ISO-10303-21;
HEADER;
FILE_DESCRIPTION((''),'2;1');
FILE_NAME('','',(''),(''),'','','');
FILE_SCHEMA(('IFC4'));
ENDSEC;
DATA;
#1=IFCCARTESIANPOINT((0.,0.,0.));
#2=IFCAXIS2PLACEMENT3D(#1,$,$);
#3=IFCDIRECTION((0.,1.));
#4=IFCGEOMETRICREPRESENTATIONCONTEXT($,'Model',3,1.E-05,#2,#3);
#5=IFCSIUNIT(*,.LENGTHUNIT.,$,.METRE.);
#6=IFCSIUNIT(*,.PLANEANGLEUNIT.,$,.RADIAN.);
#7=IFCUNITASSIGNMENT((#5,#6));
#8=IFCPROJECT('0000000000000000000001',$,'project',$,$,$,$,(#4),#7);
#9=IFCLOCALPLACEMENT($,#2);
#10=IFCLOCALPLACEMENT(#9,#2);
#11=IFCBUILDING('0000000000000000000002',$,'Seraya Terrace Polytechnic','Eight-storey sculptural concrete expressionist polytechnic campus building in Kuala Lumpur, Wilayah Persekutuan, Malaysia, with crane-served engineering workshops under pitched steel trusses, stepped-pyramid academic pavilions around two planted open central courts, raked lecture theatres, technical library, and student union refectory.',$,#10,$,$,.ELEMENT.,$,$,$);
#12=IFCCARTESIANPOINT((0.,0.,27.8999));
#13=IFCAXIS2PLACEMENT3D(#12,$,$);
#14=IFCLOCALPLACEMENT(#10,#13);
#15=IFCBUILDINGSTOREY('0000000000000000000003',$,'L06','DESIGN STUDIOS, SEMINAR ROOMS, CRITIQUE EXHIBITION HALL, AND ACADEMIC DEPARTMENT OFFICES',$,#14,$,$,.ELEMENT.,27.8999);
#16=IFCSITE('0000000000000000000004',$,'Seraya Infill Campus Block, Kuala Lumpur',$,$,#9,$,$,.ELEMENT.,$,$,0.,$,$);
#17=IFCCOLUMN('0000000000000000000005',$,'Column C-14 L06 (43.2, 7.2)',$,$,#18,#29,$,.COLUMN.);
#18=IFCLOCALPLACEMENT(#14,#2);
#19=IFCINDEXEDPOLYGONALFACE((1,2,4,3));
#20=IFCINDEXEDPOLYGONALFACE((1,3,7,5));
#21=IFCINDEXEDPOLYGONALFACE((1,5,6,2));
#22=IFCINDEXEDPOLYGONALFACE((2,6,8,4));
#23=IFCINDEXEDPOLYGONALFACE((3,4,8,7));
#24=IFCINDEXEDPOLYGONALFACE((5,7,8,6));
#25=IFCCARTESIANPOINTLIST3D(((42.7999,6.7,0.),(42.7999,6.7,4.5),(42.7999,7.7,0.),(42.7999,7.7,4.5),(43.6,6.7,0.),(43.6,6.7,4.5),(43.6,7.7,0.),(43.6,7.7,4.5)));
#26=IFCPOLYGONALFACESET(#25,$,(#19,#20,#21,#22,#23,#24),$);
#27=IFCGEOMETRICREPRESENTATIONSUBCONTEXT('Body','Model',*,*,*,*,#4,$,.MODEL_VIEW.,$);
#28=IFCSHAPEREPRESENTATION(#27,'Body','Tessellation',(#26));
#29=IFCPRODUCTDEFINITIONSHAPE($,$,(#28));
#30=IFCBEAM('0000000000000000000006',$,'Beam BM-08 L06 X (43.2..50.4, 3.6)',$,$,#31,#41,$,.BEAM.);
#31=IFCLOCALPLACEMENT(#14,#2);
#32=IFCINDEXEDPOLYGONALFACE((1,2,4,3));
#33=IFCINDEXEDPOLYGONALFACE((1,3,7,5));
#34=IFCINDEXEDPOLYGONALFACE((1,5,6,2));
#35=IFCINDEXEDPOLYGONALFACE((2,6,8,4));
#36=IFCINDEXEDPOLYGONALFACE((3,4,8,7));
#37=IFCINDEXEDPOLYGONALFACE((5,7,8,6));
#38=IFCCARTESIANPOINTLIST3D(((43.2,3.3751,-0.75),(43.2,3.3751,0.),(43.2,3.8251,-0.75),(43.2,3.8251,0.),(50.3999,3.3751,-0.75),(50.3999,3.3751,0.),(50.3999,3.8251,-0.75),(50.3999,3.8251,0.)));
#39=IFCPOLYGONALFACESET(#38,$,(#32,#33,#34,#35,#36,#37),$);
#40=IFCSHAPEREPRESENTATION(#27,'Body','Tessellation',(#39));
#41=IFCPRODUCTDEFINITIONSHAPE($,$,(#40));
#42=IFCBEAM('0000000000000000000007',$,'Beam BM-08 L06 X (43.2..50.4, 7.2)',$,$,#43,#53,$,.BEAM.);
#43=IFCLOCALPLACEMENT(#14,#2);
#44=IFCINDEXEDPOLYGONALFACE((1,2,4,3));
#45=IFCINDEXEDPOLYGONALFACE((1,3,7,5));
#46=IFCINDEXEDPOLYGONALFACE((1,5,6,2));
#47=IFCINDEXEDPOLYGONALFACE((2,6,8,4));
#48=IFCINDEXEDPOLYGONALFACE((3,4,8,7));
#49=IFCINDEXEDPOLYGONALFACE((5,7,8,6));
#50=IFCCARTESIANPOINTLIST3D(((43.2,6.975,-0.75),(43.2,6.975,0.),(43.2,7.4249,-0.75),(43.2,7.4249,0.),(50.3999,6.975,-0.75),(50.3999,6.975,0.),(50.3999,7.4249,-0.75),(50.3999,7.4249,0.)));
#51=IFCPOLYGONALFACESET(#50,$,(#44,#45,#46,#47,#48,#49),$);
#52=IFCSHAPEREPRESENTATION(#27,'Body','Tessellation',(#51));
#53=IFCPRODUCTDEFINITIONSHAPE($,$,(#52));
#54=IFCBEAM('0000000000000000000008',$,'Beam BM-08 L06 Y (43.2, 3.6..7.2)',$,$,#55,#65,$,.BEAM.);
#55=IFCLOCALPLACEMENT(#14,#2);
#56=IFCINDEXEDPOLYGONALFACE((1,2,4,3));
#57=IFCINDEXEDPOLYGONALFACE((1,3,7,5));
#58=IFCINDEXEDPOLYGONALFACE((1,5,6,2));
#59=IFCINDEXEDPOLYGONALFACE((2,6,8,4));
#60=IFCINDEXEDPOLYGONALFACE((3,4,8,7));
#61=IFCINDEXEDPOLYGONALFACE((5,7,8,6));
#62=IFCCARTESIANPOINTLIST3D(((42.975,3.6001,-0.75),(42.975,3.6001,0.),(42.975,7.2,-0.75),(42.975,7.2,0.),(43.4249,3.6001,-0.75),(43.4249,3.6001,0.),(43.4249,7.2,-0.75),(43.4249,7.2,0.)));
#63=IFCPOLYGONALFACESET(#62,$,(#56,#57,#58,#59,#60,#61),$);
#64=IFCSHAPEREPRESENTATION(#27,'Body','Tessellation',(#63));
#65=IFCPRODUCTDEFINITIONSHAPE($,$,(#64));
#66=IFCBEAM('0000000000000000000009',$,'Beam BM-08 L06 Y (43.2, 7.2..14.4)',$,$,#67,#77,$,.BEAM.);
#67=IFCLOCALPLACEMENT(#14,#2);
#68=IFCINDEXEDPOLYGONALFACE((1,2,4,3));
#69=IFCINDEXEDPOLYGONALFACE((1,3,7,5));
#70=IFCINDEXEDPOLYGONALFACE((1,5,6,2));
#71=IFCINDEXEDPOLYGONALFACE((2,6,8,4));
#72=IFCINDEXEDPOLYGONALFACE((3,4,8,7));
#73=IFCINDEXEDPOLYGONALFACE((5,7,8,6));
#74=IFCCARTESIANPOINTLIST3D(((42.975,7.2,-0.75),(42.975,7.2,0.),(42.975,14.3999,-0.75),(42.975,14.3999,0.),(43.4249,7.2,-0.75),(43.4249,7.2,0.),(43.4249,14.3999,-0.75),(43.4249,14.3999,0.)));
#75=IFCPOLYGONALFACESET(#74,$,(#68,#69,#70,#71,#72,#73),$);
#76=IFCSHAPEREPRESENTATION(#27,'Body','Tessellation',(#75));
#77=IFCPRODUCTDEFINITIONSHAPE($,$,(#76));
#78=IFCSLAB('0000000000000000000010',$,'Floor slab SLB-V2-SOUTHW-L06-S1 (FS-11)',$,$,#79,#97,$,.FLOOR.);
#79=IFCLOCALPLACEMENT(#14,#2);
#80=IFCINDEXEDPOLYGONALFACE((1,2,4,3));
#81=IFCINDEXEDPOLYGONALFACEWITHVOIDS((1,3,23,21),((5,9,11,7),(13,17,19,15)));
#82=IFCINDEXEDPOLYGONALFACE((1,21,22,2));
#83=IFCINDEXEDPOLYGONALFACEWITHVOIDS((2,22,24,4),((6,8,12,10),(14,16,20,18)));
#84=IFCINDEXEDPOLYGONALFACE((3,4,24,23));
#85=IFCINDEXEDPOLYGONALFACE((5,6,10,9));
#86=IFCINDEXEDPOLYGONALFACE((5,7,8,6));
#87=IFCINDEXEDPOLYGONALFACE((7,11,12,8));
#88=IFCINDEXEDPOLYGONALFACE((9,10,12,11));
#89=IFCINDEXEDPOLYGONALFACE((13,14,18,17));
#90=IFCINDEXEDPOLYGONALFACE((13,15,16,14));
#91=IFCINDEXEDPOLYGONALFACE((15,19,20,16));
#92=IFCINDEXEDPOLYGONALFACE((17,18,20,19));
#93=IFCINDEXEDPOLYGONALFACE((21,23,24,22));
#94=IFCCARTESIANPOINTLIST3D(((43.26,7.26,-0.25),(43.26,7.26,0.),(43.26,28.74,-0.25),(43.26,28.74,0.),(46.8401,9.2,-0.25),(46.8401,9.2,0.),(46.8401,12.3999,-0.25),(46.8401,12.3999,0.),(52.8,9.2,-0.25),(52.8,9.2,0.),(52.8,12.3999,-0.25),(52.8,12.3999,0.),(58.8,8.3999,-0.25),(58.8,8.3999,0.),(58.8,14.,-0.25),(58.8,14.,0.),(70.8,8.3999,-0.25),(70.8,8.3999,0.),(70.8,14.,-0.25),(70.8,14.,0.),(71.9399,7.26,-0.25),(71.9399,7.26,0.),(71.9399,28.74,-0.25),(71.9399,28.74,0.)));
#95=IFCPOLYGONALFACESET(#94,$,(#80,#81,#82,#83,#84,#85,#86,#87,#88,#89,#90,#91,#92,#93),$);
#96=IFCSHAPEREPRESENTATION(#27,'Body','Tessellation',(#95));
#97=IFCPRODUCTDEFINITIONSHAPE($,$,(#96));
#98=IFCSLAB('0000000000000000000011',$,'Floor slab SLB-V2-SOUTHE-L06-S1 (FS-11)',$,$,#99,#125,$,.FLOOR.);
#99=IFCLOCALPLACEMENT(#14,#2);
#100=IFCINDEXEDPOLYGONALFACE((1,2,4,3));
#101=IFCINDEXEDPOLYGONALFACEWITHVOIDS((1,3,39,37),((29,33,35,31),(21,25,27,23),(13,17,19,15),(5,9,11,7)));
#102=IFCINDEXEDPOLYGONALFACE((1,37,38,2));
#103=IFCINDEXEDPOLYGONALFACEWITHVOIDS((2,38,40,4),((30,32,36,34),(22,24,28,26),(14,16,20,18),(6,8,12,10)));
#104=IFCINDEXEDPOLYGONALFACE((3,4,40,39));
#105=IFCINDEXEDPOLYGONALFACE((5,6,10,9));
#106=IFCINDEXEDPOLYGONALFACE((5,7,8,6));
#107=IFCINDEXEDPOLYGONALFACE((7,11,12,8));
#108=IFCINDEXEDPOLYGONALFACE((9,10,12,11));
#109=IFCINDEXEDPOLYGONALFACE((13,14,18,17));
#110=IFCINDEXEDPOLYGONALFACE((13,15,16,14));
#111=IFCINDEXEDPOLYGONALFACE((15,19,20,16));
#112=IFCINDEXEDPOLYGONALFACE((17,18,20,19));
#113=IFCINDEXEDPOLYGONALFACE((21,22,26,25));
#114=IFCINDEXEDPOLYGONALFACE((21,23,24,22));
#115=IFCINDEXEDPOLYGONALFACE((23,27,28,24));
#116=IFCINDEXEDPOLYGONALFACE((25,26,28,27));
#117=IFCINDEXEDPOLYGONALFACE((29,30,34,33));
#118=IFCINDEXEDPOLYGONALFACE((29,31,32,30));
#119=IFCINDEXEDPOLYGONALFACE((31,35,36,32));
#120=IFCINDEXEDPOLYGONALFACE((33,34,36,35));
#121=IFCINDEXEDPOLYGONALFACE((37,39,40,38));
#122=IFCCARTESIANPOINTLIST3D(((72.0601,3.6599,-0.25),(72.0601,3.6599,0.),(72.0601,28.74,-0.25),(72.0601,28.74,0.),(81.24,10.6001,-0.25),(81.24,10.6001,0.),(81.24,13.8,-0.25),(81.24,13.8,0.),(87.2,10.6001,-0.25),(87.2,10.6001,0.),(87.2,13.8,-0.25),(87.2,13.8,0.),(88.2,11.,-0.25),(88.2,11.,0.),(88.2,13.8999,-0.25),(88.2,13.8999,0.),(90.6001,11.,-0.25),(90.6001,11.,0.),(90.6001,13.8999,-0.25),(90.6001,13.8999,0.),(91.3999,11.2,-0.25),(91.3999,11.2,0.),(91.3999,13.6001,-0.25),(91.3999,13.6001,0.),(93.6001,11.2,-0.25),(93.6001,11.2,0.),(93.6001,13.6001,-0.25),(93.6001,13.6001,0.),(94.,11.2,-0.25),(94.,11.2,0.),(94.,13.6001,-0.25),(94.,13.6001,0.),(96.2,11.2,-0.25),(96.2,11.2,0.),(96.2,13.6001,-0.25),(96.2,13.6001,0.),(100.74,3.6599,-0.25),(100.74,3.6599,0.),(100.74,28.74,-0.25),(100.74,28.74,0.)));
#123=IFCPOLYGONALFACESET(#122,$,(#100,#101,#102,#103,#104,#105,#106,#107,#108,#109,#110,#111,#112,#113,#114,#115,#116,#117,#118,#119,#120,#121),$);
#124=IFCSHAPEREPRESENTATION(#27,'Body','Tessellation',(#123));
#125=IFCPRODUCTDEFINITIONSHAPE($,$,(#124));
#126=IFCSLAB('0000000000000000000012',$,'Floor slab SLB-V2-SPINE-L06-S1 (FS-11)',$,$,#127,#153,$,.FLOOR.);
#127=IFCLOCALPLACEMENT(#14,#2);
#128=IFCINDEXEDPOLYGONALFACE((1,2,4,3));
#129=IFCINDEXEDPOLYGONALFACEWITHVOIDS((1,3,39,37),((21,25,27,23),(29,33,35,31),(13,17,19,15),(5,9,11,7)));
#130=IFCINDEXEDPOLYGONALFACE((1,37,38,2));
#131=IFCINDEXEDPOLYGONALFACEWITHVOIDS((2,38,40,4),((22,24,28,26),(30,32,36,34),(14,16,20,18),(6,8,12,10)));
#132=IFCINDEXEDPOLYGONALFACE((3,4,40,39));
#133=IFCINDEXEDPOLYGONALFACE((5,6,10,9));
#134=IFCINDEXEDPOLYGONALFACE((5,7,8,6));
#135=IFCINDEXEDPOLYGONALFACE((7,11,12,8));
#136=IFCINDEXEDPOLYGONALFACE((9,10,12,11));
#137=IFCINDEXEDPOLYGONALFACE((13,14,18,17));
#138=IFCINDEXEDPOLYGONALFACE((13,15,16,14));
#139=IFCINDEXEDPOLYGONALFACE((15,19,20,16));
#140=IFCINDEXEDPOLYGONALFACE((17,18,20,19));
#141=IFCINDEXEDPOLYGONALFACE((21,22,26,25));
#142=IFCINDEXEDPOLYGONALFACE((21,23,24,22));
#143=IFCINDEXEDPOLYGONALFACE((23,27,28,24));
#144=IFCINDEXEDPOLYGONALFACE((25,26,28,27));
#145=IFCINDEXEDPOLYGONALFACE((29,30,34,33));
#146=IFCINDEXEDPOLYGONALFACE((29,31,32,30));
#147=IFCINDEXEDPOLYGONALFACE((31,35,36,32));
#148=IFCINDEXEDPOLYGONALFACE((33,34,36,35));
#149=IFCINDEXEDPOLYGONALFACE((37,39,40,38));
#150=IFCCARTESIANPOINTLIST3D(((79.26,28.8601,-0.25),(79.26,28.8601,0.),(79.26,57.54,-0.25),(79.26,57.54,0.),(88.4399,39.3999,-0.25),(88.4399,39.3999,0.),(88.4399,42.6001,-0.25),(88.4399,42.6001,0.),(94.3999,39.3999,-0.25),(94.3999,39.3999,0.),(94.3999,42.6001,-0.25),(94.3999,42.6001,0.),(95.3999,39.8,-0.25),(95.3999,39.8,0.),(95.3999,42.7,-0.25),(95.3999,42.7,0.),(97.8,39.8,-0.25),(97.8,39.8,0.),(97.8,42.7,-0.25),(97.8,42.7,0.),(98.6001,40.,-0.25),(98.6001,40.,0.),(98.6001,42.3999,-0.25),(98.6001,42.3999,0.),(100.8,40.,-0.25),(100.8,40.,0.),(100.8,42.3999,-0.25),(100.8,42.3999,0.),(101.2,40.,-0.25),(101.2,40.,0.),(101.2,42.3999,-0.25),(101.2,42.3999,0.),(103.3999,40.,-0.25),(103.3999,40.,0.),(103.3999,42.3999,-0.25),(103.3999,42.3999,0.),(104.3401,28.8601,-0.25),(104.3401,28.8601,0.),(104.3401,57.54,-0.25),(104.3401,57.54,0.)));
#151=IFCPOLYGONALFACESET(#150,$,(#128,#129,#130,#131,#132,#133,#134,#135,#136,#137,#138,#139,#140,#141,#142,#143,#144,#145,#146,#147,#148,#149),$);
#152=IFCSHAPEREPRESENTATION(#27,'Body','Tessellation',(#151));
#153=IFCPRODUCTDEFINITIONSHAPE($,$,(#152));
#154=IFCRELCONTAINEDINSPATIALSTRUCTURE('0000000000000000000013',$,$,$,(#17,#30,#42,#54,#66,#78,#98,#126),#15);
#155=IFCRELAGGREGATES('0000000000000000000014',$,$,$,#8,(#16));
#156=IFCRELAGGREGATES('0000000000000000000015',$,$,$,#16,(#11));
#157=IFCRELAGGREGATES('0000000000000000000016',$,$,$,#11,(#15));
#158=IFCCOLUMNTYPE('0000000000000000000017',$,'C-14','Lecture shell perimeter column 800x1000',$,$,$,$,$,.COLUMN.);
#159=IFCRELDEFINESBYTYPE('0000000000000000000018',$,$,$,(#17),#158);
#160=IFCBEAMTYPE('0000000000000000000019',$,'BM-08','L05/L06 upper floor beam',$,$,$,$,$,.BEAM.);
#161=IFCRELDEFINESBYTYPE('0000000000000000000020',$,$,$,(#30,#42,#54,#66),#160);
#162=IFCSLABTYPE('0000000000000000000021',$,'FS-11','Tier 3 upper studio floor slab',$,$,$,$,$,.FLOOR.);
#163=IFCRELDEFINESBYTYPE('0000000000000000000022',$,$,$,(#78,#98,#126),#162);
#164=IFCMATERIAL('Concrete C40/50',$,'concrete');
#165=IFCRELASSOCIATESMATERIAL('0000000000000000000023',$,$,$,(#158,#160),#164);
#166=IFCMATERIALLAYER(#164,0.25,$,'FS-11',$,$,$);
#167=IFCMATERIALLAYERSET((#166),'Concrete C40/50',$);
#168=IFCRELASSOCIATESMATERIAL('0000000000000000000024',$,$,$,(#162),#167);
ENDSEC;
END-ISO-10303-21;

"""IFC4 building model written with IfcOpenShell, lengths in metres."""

from ifc_helpers import new_model, si_unit, direction, frame, origin, origin_2d, place, context, subcontext, project, spatial, polyline, rectangle, outline, extrude, material, layer, layer_set, material_profile, profile_set, type_object, element, save


model = new_model("IFC4")

# Units and contexts
model_context = context("Model", 3, precision=1e-05, world=origin(), true_north=direction((0.0, 1.0)))
body_context = subcontext(model_context, "Body", "Model", "MODEL_VIEW")
ifc_project = project(units=[si_unit("LENGTHUNIT", "METRE"), si_unit("PLANEANGLEUNIT", "RADIAN")], contexts=[model_context])

# Site, building, storey
site_placement = place(None, origin())
site = spatial("IfcSite", under=ifc_project, at=site_placement, Name="Seraya Infill Campus Block, Kuala Lumpur", CompositionType="ELEMENT", RefElevation=0.0)
building_placement = place(site_placement, origin())
building = spatial("IfcBuilding", under=site, at=building_placement, Name="Seraya Terrace Polytechnic", Description="Eight-storey sculptural concrete expressionist polytechnic campus building in Kuala Lumpur, Wilayah Persekutuan, Malaysia, with crane-served engineering workshops under pitched steel trusses, stepped-pyramid academic pavilions around two planted open central courts, raked lecture theatres, technical library, and student union refectory.", CompositionType="ELEMENT")
storey_placement = place(building_placement, frame((0.0, 0.0, 27.8999)))
storey = spatial("IfcBuildingStorey", under=building, at=storey_placement, Name="L06", Description="DESIGN STUDIOS, SEMINAR ROOMS, CRITIQUE EXHIBITION HALL, AND ACADEMIC DEPARTMENT OFFICES", CompositionType="ELEMENT", Elevation=27.8999)

# Column
ifc_material_1 = material(Name="Concrete C40/50", Category="concrete")
ifc_material_profile_1 = material_profile(ifc_material_1, rectangle(XDim=0.8, YDim=1.0, at=origin_2d()), Name="RC 800x1000")
ifc_profile_set_1 = profile_set([ifc_material_profile_1], Name="Concrete C40/50")
column_type = type_object("IfcColumnType", Name="C-14", Description="Lecture shell perimeter column 800x1000", PredefinedType="COLUMN", material=ifc_profile_set_1)
column_placement = place(storey_placement, frame((43.2, 7.2, 0.0), z_axis=(0.0, 0.0, 1.0), x_axis=(1.0, 0.0, 0.0)))
element("IfcColumn", 1, at=column_placement, inside=storey, type_object=column_type, Name="Column C-14 L06 (43.2, 7.2)", PredefinedType="COLUMN", context=body_context, shape_type="SweptSolid", body=[
    extrude(rectangle(XDim=0.8, YDim=1.0, at=origin_2d()), origin(), (0.0, 0.0, 1.0), 4.5),
])

# Beams
ifc_material_profile_2 = material_profile(ifc_material_1, rectangle(XDim=0.45, YDim=0.75, at=origin_2d()), Name="RC 450x750")
ifc_profile_set_2 = profile_set([ifc_material_profile_2], Name="Concrete C40/50")
beam_type = type_object("IfcBeamType", Name="BM-08", Description="L05/L06 upper floor beam", PredefinedType="BEAM", material=ifc_profile_set_2)
for number, where, z_axis, x_axis, name in (
    (2, (43.2, 3.6001, -0.375), (1.0, 0.0, 0.0), (0.0, 1.0, 0.0), "Beam BM-08 L06 X (43.2..50.4, 3.6)"),
    (3, (43.2, 7.2, -0.375), (1.0, 0.0, 0.0), (0.0, 1.0, 0.0), "Beam BM-08 L06 X (43.2..50.4, 7.2)"),
):
    element("IfcBeam", number, at=place(storey_placement, frame(where, z_axis=z_axis, x_axis=x_axis)), inside=storey, type_object=beam_type, Name=name, PredefinedType="BEAM", context=body_context, shape_type="SweptSolid", body=[
        extrude(rectangle(XDim=0.45, YDim=0.75, at=origin_2d()), origin(), (0.0, 0.0, 1.0), 7.2),
    ])
beam_1_placement = place(storey_placement, frame((43.2, 3.6001, -0.375), z_axis=(0.0, 1.0, 0.0), x_axis=(-1.0, 0.0, 0.0)))
element("IfcBeam", 4, at=beam_1_placement, inside=storey, type_object=beam_type, Name="Beam BM-08 L06 Y (43.2, 3.6..7.2)", PredefinedType="BEAM", context=body_context, shape_type="SweptSolid", body=[
    extrude(rectangle(XDim=0.45, YDim=0.75, at=origin_2d()), origin(), (0.0, 0.0, 1.0), 3.5999),
])
beam_2_placement = place(storey_placement, frame((43.2, 7.2, -0.375), z_axis=(0.0, 1.0, 0.0), x_axis=(-1.0, 0.0, 0.0)))
element("IfcBeam", 5, at=beam_2_placement, inside=storey, type_object=beam_type, Name="Beam BM-08 L06 Y (43.2, 7.2..14.4)", PredefinedType="BEAM", context=body_context, shape_type="SweptSolid", body=[
    extrude(rectangle(XDim=0.45, YDim=0.75, at=origin_2d()), origin(), (0.0, 0.0, 1.0), 7.2),
])

# Slabs
ifc_layer_1 = layer(ifc_material_1, 0.25, Name="FS-11")
ifc_layer_set_1 = layer_set([ifc_layer_1], Name="Concrete C40/50")
slab_type_1 = type_object("IfcSlabType", Name="FS-11", Description="Tier 3 upper studio floor slab", PredefinedType="FLOOR", material=ifc_layer_set_1)
slab_1_placement = place(storey_placement, frame((0.0, 0.0, -0.25)))
element("IfcSlab", 6, at=slab_1_placement, inside=storey, type_object=slab_type_1, Name="Floor slab SLB-V2-SOUTHW-L06-S1 (FS-11)", PredefinedType="FLOOR", context=body_context, shape_type="SweptSolid", body=[
    extrude(outline(polyline([(43.26, 7.26), (43.26, 28.74), (71.9399, 28.74), (71.9399, 7.26), (43.26, 7.26)]), holes=[polyline([(46.8401, 12.3999), (46.8401, 9.2), (52.8, 9.2), (52.8, 12.3999), (46.8401, 12.3999)]), polyline([(58.8, 14.0), (58.8, 8.3999), (70.8, 8.3999), (70.8, 14.0), (58.8, 14.0)])]), origin(), (0.0, 0.0, 1.0), 0.25),
])
slab_2_placement = place(storey_placement, frame((0.0, 0.0, -0.25)))
element("IfcSlab", 7, at=slab_2_placement, inside=storey, type_object=slab_type_1, Name="Floor slab SLB-V2-SOUTHE-L06-S1 (FS-11)", PredefinedType="FLOOR", context=body_context, shape_type="SweptSolid", body=[
    extrude(outline(polyline([(72.0601, 28.74), (100.74, 28.74), (100.74, 3.6599), (72.0601, 3.6599), (72.0601, 28.74)]), holes=[polyline([(81.24, 10.6001), (87.2, 10.6001), (87.2, 13.8), (81.24, 13.8), (81.24, 10.6001)]), polyline([(91.3999, 13.6001), (91.3999, 11.2), (93.6001, 11.2), (93.6001, 13.6001), (91.3999, 13.6001)]), polyline([(94.0, 13.6001), (94.0, 11.2), (96.2, 11.2), (96.2, 13.6001), (94.0, 13.6001)]), polyline([(88.2, 11.0), (90.6001, 11.0), (90.6001, 13.8999), (88.2, 13.8999), (88.2, 11.0)])]), origin(), (0.0, 0.0, 1.0), 0.25),
])
slab_3_placement = place(storey_placement, frame((0.0, 0.0, -0.25)))
element("IfcSlab", 8, at=slab_3_placement, inside=storey, type_object=slab_type_1, Name="Floor slab SLB-V2-SPINE-L06-S1 (FS-11)", PredefinedType="FLOOR", context=body_context, shape_type="SweptSolid", body=[
    extrude(outline(polyline([(79.26, 57.54), (104.3401, 57.54), (104.3401, 28.8601), (79.26, 28.8601), (79.26, 57.54)]), holes=[polyline([(88.4399, 39.3999), (94.3999, 39.3999), (94.3999, 42.6001), (88.4399, 42.6001), (88.4399, 39.3999)]), polyline([(98.6001, 40.0), (100.8, 40.0), (100.8, 42.3999), (98.6001, 42.3999), (98.6001, 40.0)]), polyline([(101.2, 42.3999), (101.2, 40.0), (103.3999, 40.0), (103.3999, 42.3999), (101.2, 42.3999)]), polyline([(95.3999, 42.7), (95.3999, 39.8), (97.8, 39.8), (97.8, 42.7), (95.3999, 42.7)])]), origin(), (0.0, 0.0, 1.0), 0.25),
])

save(model, "model.ifc")
